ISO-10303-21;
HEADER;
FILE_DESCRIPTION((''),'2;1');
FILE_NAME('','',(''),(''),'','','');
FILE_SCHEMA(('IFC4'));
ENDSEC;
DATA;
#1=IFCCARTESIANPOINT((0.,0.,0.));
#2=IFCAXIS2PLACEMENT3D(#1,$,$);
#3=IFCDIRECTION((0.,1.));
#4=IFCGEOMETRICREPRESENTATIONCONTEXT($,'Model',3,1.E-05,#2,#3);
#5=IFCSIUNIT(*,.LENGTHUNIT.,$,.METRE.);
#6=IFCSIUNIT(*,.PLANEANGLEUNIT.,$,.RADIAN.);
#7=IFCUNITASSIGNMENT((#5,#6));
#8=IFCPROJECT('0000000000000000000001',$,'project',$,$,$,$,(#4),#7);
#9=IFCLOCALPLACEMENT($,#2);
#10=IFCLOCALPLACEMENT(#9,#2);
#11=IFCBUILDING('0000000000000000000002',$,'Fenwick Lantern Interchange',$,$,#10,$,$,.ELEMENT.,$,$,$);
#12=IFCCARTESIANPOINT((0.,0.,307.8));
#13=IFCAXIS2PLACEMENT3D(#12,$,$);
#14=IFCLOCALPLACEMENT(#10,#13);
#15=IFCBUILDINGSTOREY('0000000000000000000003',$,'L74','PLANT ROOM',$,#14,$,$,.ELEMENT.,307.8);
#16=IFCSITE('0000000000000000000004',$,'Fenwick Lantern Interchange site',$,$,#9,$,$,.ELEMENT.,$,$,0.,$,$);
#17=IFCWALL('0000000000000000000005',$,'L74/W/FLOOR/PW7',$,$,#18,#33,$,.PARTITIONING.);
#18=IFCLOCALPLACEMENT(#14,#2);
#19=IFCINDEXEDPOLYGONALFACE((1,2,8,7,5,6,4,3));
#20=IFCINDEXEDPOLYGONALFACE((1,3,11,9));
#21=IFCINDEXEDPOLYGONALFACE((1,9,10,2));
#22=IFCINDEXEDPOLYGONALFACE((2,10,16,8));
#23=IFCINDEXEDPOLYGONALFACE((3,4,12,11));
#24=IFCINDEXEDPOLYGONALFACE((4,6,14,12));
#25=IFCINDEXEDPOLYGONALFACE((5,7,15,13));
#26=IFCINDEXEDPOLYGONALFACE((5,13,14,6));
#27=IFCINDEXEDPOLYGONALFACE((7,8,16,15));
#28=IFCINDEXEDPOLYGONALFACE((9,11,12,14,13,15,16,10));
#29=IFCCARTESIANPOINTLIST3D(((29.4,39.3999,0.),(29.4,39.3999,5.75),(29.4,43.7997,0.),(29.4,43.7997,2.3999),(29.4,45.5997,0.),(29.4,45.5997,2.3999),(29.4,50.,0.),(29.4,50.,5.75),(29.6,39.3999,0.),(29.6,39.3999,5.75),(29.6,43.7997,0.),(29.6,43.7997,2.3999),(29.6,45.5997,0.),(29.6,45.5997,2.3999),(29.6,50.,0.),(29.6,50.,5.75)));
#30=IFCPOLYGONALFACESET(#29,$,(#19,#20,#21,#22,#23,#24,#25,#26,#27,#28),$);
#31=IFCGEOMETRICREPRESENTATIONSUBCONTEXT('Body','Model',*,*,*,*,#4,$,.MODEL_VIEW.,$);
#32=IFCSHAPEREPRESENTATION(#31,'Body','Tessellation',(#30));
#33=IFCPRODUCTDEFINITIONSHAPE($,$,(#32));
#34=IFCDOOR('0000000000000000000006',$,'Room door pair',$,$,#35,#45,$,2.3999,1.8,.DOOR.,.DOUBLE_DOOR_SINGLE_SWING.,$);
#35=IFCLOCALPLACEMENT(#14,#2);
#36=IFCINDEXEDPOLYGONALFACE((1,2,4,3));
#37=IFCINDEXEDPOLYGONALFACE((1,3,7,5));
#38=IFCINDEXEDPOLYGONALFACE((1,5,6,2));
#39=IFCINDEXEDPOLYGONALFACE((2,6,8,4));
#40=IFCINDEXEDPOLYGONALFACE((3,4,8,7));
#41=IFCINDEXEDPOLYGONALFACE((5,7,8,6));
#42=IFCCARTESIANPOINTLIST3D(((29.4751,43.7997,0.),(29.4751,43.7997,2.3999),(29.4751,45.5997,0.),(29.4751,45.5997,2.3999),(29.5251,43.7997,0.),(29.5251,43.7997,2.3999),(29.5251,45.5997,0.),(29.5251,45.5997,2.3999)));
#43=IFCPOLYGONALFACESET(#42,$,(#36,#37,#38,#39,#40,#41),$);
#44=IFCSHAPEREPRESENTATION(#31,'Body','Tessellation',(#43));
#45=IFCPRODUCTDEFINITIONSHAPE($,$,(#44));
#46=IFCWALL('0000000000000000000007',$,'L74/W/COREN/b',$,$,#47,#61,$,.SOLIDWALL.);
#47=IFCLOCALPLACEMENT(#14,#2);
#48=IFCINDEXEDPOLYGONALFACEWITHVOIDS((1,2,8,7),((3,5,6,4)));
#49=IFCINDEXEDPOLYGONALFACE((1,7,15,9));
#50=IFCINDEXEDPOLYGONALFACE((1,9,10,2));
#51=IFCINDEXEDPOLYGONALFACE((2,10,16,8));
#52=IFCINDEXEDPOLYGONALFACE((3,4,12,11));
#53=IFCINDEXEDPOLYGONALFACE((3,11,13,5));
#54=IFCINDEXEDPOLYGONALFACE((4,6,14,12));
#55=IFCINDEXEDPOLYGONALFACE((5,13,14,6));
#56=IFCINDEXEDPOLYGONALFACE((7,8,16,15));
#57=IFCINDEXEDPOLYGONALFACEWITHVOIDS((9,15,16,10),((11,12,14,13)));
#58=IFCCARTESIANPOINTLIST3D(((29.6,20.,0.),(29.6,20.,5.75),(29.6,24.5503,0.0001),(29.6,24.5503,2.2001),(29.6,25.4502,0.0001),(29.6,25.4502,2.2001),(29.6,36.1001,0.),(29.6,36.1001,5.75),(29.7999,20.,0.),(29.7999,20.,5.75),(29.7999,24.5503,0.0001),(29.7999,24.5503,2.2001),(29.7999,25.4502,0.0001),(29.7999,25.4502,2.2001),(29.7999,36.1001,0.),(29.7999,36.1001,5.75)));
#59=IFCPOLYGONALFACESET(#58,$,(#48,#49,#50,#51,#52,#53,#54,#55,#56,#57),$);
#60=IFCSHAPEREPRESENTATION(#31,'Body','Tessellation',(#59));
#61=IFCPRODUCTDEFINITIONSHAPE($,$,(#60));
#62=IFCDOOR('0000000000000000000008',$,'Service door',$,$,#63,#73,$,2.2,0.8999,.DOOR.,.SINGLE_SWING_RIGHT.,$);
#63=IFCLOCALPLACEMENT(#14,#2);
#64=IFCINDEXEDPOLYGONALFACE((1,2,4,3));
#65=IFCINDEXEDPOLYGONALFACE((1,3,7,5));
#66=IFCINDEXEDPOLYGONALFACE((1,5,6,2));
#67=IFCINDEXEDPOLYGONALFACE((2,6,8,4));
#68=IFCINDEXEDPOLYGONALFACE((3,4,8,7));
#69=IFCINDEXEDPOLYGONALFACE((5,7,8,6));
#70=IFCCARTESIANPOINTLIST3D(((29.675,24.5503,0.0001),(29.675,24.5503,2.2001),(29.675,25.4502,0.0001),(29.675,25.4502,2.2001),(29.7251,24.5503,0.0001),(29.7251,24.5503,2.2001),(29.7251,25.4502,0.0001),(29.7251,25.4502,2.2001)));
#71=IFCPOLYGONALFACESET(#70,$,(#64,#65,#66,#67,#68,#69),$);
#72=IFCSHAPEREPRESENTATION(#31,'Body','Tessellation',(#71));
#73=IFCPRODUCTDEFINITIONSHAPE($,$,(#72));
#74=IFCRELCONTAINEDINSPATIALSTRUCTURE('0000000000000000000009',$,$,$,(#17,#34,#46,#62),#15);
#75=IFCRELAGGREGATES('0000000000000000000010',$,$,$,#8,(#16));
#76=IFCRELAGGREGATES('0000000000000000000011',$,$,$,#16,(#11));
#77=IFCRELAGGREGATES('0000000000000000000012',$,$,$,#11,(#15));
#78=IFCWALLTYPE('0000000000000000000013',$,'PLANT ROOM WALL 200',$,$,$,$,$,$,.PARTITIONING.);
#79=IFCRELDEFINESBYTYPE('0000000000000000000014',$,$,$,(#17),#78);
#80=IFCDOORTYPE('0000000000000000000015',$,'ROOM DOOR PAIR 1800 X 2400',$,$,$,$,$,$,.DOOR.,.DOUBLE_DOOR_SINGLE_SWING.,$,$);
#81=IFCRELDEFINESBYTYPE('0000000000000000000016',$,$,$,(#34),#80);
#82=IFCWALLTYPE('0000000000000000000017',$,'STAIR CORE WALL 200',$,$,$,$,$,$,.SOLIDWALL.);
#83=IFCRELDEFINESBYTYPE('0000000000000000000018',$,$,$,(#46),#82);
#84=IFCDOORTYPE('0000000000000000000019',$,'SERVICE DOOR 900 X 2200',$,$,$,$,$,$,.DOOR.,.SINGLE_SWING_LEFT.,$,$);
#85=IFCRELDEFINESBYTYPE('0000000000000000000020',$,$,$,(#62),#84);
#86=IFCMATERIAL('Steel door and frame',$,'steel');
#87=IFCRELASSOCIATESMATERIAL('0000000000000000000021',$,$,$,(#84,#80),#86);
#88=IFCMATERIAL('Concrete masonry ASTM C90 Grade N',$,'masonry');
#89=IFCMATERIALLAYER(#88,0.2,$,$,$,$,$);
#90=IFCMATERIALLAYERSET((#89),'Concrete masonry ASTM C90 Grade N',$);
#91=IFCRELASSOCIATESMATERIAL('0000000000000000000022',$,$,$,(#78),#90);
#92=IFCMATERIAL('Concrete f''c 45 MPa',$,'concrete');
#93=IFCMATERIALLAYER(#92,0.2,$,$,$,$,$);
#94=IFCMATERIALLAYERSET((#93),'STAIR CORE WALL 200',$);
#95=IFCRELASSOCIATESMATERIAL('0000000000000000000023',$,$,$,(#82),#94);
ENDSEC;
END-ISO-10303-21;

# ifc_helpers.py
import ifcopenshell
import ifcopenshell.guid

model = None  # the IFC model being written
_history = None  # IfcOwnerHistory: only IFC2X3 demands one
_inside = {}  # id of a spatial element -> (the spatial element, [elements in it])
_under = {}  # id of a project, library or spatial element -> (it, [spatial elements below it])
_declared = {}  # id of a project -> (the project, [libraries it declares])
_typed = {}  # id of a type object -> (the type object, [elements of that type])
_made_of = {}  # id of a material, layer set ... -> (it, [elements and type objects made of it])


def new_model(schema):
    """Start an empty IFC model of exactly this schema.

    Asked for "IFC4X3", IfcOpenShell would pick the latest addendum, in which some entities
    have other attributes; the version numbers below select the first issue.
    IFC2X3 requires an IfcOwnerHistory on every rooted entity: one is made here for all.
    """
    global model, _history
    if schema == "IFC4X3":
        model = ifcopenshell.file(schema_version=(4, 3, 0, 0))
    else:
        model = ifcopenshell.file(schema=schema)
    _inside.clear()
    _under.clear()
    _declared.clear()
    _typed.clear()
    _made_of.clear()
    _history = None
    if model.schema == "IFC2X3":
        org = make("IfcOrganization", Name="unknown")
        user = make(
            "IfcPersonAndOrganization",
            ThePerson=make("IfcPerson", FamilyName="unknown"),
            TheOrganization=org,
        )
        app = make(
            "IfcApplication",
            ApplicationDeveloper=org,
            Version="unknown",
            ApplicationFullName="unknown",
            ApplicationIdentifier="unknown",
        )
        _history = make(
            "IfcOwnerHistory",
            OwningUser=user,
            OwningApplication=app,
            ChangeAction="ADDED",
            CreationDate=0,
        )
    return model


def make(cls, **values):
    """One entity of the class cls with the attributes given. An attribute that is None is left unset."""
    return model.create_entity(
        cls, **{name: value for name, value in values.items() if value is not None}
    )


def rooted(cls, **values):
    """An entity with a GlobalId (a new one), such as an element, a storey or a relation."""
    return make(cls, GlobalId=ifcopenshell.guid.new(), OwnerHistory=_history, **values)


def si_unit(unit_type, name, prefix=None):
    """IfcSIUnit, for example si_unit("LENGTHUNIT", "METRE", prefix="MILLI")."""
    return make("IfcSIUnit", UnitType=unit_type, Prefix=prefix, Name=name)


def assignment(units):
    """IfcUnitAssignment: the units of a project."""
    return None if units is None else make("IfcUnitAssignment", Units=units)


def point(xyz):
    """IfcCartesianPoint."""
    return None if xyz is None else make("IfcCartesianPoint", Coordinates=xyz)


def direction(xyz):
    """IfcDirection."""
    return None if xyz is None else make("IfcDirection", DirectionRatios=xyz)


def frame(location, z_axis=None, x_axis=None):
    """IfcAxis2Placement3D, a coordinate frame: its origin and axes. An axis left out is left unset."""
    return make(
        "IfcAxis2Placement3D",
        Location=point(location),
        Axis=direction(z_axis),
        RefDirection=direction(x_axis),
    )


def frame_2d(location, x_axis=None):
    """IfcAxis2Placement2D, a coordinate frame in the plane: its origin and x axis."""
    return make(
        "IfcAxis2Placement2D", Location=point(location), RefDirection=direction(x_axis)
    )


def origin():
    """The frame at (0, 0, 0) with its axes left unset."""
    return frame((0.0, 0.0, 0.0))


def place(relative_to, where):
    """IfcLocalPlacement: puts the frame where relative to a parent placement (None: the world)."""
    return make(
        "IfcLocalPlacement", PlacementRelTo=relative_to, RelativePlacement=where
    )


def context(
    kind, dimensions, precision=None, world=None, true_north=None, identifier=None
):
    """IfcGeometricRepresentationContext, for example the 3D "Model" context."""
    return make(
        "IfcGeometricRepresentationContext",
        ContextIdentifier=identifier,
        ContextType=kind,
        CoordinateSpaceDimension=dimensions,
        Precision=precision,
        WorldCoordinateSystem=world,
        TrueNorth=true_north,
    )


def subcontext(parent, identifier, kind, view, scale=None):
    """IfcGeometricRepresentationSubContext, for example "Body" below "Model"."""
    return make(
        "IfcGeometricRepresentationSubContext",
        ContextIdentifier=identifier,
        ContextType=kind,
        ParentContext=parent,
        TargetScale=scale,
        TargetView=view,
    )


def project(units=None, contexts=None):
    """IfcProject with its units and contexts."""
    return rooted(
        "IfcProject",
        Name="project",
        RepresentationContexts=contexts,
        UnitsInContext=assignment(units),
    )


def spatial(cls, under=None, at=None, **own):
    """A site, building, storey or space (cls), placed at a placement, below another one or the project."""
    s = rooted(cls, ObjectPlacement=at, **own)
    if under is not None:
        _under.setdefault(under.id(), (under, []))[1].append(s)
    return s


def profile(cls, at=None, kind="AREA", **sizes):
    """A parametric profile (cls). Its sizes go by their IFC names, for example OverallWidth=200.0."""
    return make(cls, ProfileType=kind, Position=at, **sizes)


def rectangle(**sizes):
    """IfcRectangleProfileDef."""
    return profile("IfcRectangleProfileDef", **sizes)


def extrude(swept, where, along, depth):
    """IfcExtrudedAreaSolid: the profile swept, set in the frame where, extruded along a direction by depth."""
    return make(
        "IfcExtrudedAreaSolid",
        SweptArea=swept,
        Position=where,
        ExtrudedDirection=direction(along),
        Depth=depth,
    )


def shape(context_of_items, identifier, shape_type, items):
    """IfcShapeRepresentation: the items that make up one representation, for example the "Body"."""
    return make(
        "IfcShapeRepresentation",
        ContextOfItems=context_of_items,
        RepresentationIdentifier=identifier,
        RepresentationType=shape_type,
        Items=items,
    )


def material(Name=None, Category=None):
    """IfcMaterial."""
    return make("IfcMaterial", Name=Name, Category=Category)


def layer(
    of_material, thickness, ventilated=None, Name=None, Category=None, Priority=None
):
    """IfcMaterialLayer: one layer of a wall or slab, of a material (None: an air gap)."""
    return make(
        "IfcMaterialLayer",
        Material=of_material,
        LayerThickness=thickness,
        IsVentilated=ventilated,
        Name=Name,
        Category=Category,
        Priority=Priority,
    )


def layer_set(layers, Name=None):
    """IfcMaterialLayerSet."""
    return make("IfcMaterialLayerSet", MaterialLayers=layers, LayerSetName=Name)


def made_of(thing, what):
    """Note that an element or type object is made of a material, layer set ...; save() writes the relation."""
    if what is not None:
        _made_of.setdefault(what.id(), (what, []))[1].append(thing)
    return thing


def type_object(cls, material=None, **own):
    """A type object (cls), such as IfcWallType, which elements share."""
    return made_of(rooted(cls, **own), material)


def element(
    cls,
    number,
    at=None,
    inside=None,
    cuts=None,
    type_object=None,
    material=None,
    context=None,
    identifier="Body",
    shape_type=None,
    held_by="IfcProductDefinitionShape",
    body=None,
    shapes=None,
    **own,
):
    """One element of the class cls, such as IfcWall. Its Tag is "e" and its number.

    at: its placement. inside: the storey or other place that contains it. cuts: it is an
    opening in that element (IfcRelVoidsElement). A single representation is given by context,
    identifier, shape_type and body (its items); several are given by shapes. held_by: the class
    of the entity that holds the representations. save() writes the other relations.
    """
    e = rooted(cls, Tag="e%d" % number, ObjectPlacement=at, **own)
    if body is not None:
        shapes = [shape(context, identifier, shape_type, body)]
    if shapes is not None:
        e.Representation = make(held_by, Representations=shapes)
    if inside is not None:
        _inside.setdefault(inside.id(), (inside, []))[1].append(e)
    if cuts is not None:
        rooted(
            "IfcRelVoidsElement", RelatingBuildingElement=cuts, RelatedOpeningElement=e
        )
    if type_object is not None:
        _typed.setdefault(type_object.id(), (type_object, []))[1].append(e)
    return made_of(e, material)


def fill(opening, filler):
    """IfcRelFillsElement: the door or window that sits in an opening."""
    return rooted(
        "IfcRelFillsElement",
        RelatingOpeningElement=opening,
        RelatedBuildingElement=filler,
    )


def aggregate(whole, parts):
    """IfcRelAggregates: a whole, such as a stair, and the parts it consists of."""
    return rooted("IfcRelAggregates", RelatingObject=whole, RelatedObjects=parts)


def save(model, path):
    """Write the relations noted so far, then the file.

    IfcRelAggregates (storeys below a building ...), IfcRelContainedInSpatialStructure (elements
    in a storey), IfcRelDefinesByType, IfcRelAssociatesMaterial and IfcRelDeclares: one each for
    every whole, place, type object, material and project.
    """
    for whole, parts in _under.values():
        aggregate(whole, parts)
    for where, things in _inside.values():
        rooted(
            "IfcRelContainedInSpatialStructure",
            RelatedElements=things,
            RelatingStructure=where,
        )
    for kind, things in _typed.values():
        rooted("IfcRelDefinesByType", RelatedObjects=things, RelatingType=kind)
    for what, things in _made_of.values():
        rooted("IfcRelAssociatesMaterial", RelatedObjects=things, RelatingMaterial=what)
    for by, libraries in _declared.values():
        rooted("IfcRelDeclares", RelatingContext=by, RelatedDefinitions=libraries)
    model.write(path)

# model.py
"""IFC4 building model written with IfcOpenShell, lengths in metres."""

from ifc_helpers import new_model, si_unit, direction, frame, frame_2d, origin, place, context, subcontext, project, spatial, rectangle, extrude, material, layer, layer_set, type_object, element, fill, save


model = new_model("IFC4")

# Units and contexts
model_context = context("Model", 3, precision=1e-05, world=origin(), true_north=direction((0.0, 1.0)))
body_context = subcontext(model_context, "Body", "Model", "MODEL_VIEW")
ifc_project = project(units=[si_unit("LENGTHUNIT", "METRE"), si_unit("PLANEANGLEUNIT", "RADIAN")], contexts=[model_context])

# Site, building, storey
site_placement = place(None, origin())
site = spatial("IfcSite", under=ifc_project, at=site_placement, Name="Fenwick Lantern Interchange site", CompositionType="ELEMENT", RefElevation=0.0)
building_placement = place(site_placement, origin())
building = spatial("IfcBuilding", under=site, at=building_placement, Name="Fenwick Lantern Interchange", CompositionType="ELEMENT")
storey_placement = place(building_placement, frame((0.0, 0.0, 307.8)))
storey = spatial("IfcBuildingStorey", under=building, at=storey_placement, Name="L74", Description="PLANT ROOM", CompositionType="ELEMENT", Elevation=307.8)

# Shared definitions
ifc_material_1 = material(Name="Concrete masonry ASTM C90 Grade N", Category="masonry")
ifc_material_2 = material(Name="Steel door and frame", Category="steel")
door_type_1 = type_object("IfcDoorType", Name="SERVICE DOOR 900 X 2200", OperationType="SINGLE_SWING_LEFT", PredefinedType="DOOR", material=ifc_material_2)

# Shared definitions
ifc_layer_1 = layer(ifc_material_1, 0.2)
ifc_layer_set_1 = layer_set([ifc_layer_1], Name="Concrete masonry ASTM C90 Grade N")
wall_type_1 = type_object("IfcWallType", Name="PLANT ROOM WALL 200", PredefinedType="PARTITIONING", material=ifc_layer_set_1)

# Walls, openings, doors
wall_1_placement = place(storey_placement, frame((29.5, 39.3999, 0.0), z_axis=(0.0, 0.0, 1.0), x_axis=(0.0, 1.0, 0.0)))
wall_1 = element("IfcWall", 1, at=wall_1_placement, inside=storey, type_object=wall_type_1, Name="L74/W/FLOOR/PW7", PredefinedType="PARTITIONING", context=body_context, shape_type="SweptSolid", body=[
    extrude(rectangle(XDim=10.6001, YDim=0.2, at=frame_2d((5.3, 0.0))), origin(), (0.0, 0.0, 1.0), 5.75),
])
opening_1_placement = place(wall_1_placement, frame((4.3999, 0.0, 0.0)))
opening_1 = element("IfcOpeningElement", 2, at=opening_1_placement, cuts=wall_1, PredefinedType="OPENING", context=body_context, shape_type="SweptSolid", body=[
    extrude(rectangle(XDim=1.8, YDim=2.3999, at=frame_2d((0.8999, 1.2))), frame((0.0, 0.1099, 0.0), z_axis=(0.0, -1.0, 0.0), x_axis=(1.0, 0.0, 0.0)), (0.0, 0.0, 1.0), 0.22),
])
door_type_2 = type_object("IfcDoorType", Name="ROOM DOOR PAIR 1800 X 2400", OperationType="DOUBLE_DOOR_SINGLE_SWING", PredefinedType="DOOR", material=ifc_material_2)
door_1_placement = place(opening_1_placement, origin())
door_1 = element("IfcDoor", 3, at=door_1_placement, inside=storey, type_object=door_type_2, Name="Room door pair", OperationType="DOUBLE_DOOR_SINGLE_SWING", OverallHeight=2.3999, OverallWidth=1.8, PredefinedType="DOOR", context=body_context, shape_type="SweptSolid", body=[
    extrude(rectangle(XDim=1.8, YDim=2.3999, at=frame_2d((0.8999, 1.2))), frame((0.0, 0.0249, 0.0), z_axis=(0.0, -1.0, 0.0), x_axis=(1.0, 0.0, 0.0)), (0.0, 0.0, 1.0), 0.05),
])
fill(opening_1, door_1)
ifc_material_3 = material(Name="Concrete f'c 45 MPa", Category="concrete")
ifc_layer_2 = layer(ifc_material_3, 0.2)
ifc_layer_set_2 = layer_set([ifc_layer_2], Name="STAIR CORE WALL 200")
wall_type_2 = type_object("IfcWallType", Name="STAIR CORE WALL 200", PredefinedType="SOLIDWALL", material=ifc_layer_set_2)
wall_2_placement = place(storey_placement, frame((29.7, 36.1001, 0.0), z_axis=(0.0, 0.0, 1.0), x_axis=(0.0, -1.0, 0.0)))
wall_2 = element("IfcWall", 4, at=wall_2_placement, inside=storey, type_object=wall_type_2, Name="L74/W/COREN/b", PredefinedType="SOLIDWALL", context=body_context, shape_type="SweptSolid", body=[
    extrude(rectangle(XDim=16.1001, YDim=0.2, at=frame_2d((8.05, 0.0))), origin(), (0.0, 0.0, 1.0), 5.75),
])
opening_2_placement = place(wall_2_placement, frame((10.6499, 0.0, 0.0)))
opening_2 = element("IfcOpeningElement", 5, at=opening_2_placement, cuts=wall_2, PredefinedType="OPENING", context=body_context, shape_type="SweptSolid", body=[
    extrude(rectangle(XDim=0.8999, YDim=2.2, at=frame_2d((0.45, 1.1001))), frame((0.0, 0.1099, 0.0), z_axis=(0.0, -1.0, 0.0), x_axis=(1.0, 0.0, 0.0)), (0.0, 0.0, 1.0), 0.22),
])
door_2_placement = place(opening_2_placement, frame((0.8999, 0.0, 0.0), z_axis=(0.0, 0.0, 1.0), x_axis=(-1.0, 0.0, 0.0)))
door_2 = element("IfcDoor", 6, at=door_2_placement, inside=storey, type_object=door_type_1, Name="Service door", OperationType="SINGLE_SWING_RIGHT", OverallHeight=2.2, OverallWidth=0.8999, PredefinedType="DOOR", context=body_context, shape_type="SweptSolid", body=[
    extrude(rectangle(XDim=0.8999, YDim=2.2, at=frame_2d((0.45, 1.1001))), frame((0.0, 0.0249, 0.0), z_axis=(0.0, -1.0, 0.0), x_axis=(1.0, 0.0, 0.0)), (0.0, 0.0, 1.0), 0.05),
])
fill(opening_2, door_2)

save(model, "model.ifc")
